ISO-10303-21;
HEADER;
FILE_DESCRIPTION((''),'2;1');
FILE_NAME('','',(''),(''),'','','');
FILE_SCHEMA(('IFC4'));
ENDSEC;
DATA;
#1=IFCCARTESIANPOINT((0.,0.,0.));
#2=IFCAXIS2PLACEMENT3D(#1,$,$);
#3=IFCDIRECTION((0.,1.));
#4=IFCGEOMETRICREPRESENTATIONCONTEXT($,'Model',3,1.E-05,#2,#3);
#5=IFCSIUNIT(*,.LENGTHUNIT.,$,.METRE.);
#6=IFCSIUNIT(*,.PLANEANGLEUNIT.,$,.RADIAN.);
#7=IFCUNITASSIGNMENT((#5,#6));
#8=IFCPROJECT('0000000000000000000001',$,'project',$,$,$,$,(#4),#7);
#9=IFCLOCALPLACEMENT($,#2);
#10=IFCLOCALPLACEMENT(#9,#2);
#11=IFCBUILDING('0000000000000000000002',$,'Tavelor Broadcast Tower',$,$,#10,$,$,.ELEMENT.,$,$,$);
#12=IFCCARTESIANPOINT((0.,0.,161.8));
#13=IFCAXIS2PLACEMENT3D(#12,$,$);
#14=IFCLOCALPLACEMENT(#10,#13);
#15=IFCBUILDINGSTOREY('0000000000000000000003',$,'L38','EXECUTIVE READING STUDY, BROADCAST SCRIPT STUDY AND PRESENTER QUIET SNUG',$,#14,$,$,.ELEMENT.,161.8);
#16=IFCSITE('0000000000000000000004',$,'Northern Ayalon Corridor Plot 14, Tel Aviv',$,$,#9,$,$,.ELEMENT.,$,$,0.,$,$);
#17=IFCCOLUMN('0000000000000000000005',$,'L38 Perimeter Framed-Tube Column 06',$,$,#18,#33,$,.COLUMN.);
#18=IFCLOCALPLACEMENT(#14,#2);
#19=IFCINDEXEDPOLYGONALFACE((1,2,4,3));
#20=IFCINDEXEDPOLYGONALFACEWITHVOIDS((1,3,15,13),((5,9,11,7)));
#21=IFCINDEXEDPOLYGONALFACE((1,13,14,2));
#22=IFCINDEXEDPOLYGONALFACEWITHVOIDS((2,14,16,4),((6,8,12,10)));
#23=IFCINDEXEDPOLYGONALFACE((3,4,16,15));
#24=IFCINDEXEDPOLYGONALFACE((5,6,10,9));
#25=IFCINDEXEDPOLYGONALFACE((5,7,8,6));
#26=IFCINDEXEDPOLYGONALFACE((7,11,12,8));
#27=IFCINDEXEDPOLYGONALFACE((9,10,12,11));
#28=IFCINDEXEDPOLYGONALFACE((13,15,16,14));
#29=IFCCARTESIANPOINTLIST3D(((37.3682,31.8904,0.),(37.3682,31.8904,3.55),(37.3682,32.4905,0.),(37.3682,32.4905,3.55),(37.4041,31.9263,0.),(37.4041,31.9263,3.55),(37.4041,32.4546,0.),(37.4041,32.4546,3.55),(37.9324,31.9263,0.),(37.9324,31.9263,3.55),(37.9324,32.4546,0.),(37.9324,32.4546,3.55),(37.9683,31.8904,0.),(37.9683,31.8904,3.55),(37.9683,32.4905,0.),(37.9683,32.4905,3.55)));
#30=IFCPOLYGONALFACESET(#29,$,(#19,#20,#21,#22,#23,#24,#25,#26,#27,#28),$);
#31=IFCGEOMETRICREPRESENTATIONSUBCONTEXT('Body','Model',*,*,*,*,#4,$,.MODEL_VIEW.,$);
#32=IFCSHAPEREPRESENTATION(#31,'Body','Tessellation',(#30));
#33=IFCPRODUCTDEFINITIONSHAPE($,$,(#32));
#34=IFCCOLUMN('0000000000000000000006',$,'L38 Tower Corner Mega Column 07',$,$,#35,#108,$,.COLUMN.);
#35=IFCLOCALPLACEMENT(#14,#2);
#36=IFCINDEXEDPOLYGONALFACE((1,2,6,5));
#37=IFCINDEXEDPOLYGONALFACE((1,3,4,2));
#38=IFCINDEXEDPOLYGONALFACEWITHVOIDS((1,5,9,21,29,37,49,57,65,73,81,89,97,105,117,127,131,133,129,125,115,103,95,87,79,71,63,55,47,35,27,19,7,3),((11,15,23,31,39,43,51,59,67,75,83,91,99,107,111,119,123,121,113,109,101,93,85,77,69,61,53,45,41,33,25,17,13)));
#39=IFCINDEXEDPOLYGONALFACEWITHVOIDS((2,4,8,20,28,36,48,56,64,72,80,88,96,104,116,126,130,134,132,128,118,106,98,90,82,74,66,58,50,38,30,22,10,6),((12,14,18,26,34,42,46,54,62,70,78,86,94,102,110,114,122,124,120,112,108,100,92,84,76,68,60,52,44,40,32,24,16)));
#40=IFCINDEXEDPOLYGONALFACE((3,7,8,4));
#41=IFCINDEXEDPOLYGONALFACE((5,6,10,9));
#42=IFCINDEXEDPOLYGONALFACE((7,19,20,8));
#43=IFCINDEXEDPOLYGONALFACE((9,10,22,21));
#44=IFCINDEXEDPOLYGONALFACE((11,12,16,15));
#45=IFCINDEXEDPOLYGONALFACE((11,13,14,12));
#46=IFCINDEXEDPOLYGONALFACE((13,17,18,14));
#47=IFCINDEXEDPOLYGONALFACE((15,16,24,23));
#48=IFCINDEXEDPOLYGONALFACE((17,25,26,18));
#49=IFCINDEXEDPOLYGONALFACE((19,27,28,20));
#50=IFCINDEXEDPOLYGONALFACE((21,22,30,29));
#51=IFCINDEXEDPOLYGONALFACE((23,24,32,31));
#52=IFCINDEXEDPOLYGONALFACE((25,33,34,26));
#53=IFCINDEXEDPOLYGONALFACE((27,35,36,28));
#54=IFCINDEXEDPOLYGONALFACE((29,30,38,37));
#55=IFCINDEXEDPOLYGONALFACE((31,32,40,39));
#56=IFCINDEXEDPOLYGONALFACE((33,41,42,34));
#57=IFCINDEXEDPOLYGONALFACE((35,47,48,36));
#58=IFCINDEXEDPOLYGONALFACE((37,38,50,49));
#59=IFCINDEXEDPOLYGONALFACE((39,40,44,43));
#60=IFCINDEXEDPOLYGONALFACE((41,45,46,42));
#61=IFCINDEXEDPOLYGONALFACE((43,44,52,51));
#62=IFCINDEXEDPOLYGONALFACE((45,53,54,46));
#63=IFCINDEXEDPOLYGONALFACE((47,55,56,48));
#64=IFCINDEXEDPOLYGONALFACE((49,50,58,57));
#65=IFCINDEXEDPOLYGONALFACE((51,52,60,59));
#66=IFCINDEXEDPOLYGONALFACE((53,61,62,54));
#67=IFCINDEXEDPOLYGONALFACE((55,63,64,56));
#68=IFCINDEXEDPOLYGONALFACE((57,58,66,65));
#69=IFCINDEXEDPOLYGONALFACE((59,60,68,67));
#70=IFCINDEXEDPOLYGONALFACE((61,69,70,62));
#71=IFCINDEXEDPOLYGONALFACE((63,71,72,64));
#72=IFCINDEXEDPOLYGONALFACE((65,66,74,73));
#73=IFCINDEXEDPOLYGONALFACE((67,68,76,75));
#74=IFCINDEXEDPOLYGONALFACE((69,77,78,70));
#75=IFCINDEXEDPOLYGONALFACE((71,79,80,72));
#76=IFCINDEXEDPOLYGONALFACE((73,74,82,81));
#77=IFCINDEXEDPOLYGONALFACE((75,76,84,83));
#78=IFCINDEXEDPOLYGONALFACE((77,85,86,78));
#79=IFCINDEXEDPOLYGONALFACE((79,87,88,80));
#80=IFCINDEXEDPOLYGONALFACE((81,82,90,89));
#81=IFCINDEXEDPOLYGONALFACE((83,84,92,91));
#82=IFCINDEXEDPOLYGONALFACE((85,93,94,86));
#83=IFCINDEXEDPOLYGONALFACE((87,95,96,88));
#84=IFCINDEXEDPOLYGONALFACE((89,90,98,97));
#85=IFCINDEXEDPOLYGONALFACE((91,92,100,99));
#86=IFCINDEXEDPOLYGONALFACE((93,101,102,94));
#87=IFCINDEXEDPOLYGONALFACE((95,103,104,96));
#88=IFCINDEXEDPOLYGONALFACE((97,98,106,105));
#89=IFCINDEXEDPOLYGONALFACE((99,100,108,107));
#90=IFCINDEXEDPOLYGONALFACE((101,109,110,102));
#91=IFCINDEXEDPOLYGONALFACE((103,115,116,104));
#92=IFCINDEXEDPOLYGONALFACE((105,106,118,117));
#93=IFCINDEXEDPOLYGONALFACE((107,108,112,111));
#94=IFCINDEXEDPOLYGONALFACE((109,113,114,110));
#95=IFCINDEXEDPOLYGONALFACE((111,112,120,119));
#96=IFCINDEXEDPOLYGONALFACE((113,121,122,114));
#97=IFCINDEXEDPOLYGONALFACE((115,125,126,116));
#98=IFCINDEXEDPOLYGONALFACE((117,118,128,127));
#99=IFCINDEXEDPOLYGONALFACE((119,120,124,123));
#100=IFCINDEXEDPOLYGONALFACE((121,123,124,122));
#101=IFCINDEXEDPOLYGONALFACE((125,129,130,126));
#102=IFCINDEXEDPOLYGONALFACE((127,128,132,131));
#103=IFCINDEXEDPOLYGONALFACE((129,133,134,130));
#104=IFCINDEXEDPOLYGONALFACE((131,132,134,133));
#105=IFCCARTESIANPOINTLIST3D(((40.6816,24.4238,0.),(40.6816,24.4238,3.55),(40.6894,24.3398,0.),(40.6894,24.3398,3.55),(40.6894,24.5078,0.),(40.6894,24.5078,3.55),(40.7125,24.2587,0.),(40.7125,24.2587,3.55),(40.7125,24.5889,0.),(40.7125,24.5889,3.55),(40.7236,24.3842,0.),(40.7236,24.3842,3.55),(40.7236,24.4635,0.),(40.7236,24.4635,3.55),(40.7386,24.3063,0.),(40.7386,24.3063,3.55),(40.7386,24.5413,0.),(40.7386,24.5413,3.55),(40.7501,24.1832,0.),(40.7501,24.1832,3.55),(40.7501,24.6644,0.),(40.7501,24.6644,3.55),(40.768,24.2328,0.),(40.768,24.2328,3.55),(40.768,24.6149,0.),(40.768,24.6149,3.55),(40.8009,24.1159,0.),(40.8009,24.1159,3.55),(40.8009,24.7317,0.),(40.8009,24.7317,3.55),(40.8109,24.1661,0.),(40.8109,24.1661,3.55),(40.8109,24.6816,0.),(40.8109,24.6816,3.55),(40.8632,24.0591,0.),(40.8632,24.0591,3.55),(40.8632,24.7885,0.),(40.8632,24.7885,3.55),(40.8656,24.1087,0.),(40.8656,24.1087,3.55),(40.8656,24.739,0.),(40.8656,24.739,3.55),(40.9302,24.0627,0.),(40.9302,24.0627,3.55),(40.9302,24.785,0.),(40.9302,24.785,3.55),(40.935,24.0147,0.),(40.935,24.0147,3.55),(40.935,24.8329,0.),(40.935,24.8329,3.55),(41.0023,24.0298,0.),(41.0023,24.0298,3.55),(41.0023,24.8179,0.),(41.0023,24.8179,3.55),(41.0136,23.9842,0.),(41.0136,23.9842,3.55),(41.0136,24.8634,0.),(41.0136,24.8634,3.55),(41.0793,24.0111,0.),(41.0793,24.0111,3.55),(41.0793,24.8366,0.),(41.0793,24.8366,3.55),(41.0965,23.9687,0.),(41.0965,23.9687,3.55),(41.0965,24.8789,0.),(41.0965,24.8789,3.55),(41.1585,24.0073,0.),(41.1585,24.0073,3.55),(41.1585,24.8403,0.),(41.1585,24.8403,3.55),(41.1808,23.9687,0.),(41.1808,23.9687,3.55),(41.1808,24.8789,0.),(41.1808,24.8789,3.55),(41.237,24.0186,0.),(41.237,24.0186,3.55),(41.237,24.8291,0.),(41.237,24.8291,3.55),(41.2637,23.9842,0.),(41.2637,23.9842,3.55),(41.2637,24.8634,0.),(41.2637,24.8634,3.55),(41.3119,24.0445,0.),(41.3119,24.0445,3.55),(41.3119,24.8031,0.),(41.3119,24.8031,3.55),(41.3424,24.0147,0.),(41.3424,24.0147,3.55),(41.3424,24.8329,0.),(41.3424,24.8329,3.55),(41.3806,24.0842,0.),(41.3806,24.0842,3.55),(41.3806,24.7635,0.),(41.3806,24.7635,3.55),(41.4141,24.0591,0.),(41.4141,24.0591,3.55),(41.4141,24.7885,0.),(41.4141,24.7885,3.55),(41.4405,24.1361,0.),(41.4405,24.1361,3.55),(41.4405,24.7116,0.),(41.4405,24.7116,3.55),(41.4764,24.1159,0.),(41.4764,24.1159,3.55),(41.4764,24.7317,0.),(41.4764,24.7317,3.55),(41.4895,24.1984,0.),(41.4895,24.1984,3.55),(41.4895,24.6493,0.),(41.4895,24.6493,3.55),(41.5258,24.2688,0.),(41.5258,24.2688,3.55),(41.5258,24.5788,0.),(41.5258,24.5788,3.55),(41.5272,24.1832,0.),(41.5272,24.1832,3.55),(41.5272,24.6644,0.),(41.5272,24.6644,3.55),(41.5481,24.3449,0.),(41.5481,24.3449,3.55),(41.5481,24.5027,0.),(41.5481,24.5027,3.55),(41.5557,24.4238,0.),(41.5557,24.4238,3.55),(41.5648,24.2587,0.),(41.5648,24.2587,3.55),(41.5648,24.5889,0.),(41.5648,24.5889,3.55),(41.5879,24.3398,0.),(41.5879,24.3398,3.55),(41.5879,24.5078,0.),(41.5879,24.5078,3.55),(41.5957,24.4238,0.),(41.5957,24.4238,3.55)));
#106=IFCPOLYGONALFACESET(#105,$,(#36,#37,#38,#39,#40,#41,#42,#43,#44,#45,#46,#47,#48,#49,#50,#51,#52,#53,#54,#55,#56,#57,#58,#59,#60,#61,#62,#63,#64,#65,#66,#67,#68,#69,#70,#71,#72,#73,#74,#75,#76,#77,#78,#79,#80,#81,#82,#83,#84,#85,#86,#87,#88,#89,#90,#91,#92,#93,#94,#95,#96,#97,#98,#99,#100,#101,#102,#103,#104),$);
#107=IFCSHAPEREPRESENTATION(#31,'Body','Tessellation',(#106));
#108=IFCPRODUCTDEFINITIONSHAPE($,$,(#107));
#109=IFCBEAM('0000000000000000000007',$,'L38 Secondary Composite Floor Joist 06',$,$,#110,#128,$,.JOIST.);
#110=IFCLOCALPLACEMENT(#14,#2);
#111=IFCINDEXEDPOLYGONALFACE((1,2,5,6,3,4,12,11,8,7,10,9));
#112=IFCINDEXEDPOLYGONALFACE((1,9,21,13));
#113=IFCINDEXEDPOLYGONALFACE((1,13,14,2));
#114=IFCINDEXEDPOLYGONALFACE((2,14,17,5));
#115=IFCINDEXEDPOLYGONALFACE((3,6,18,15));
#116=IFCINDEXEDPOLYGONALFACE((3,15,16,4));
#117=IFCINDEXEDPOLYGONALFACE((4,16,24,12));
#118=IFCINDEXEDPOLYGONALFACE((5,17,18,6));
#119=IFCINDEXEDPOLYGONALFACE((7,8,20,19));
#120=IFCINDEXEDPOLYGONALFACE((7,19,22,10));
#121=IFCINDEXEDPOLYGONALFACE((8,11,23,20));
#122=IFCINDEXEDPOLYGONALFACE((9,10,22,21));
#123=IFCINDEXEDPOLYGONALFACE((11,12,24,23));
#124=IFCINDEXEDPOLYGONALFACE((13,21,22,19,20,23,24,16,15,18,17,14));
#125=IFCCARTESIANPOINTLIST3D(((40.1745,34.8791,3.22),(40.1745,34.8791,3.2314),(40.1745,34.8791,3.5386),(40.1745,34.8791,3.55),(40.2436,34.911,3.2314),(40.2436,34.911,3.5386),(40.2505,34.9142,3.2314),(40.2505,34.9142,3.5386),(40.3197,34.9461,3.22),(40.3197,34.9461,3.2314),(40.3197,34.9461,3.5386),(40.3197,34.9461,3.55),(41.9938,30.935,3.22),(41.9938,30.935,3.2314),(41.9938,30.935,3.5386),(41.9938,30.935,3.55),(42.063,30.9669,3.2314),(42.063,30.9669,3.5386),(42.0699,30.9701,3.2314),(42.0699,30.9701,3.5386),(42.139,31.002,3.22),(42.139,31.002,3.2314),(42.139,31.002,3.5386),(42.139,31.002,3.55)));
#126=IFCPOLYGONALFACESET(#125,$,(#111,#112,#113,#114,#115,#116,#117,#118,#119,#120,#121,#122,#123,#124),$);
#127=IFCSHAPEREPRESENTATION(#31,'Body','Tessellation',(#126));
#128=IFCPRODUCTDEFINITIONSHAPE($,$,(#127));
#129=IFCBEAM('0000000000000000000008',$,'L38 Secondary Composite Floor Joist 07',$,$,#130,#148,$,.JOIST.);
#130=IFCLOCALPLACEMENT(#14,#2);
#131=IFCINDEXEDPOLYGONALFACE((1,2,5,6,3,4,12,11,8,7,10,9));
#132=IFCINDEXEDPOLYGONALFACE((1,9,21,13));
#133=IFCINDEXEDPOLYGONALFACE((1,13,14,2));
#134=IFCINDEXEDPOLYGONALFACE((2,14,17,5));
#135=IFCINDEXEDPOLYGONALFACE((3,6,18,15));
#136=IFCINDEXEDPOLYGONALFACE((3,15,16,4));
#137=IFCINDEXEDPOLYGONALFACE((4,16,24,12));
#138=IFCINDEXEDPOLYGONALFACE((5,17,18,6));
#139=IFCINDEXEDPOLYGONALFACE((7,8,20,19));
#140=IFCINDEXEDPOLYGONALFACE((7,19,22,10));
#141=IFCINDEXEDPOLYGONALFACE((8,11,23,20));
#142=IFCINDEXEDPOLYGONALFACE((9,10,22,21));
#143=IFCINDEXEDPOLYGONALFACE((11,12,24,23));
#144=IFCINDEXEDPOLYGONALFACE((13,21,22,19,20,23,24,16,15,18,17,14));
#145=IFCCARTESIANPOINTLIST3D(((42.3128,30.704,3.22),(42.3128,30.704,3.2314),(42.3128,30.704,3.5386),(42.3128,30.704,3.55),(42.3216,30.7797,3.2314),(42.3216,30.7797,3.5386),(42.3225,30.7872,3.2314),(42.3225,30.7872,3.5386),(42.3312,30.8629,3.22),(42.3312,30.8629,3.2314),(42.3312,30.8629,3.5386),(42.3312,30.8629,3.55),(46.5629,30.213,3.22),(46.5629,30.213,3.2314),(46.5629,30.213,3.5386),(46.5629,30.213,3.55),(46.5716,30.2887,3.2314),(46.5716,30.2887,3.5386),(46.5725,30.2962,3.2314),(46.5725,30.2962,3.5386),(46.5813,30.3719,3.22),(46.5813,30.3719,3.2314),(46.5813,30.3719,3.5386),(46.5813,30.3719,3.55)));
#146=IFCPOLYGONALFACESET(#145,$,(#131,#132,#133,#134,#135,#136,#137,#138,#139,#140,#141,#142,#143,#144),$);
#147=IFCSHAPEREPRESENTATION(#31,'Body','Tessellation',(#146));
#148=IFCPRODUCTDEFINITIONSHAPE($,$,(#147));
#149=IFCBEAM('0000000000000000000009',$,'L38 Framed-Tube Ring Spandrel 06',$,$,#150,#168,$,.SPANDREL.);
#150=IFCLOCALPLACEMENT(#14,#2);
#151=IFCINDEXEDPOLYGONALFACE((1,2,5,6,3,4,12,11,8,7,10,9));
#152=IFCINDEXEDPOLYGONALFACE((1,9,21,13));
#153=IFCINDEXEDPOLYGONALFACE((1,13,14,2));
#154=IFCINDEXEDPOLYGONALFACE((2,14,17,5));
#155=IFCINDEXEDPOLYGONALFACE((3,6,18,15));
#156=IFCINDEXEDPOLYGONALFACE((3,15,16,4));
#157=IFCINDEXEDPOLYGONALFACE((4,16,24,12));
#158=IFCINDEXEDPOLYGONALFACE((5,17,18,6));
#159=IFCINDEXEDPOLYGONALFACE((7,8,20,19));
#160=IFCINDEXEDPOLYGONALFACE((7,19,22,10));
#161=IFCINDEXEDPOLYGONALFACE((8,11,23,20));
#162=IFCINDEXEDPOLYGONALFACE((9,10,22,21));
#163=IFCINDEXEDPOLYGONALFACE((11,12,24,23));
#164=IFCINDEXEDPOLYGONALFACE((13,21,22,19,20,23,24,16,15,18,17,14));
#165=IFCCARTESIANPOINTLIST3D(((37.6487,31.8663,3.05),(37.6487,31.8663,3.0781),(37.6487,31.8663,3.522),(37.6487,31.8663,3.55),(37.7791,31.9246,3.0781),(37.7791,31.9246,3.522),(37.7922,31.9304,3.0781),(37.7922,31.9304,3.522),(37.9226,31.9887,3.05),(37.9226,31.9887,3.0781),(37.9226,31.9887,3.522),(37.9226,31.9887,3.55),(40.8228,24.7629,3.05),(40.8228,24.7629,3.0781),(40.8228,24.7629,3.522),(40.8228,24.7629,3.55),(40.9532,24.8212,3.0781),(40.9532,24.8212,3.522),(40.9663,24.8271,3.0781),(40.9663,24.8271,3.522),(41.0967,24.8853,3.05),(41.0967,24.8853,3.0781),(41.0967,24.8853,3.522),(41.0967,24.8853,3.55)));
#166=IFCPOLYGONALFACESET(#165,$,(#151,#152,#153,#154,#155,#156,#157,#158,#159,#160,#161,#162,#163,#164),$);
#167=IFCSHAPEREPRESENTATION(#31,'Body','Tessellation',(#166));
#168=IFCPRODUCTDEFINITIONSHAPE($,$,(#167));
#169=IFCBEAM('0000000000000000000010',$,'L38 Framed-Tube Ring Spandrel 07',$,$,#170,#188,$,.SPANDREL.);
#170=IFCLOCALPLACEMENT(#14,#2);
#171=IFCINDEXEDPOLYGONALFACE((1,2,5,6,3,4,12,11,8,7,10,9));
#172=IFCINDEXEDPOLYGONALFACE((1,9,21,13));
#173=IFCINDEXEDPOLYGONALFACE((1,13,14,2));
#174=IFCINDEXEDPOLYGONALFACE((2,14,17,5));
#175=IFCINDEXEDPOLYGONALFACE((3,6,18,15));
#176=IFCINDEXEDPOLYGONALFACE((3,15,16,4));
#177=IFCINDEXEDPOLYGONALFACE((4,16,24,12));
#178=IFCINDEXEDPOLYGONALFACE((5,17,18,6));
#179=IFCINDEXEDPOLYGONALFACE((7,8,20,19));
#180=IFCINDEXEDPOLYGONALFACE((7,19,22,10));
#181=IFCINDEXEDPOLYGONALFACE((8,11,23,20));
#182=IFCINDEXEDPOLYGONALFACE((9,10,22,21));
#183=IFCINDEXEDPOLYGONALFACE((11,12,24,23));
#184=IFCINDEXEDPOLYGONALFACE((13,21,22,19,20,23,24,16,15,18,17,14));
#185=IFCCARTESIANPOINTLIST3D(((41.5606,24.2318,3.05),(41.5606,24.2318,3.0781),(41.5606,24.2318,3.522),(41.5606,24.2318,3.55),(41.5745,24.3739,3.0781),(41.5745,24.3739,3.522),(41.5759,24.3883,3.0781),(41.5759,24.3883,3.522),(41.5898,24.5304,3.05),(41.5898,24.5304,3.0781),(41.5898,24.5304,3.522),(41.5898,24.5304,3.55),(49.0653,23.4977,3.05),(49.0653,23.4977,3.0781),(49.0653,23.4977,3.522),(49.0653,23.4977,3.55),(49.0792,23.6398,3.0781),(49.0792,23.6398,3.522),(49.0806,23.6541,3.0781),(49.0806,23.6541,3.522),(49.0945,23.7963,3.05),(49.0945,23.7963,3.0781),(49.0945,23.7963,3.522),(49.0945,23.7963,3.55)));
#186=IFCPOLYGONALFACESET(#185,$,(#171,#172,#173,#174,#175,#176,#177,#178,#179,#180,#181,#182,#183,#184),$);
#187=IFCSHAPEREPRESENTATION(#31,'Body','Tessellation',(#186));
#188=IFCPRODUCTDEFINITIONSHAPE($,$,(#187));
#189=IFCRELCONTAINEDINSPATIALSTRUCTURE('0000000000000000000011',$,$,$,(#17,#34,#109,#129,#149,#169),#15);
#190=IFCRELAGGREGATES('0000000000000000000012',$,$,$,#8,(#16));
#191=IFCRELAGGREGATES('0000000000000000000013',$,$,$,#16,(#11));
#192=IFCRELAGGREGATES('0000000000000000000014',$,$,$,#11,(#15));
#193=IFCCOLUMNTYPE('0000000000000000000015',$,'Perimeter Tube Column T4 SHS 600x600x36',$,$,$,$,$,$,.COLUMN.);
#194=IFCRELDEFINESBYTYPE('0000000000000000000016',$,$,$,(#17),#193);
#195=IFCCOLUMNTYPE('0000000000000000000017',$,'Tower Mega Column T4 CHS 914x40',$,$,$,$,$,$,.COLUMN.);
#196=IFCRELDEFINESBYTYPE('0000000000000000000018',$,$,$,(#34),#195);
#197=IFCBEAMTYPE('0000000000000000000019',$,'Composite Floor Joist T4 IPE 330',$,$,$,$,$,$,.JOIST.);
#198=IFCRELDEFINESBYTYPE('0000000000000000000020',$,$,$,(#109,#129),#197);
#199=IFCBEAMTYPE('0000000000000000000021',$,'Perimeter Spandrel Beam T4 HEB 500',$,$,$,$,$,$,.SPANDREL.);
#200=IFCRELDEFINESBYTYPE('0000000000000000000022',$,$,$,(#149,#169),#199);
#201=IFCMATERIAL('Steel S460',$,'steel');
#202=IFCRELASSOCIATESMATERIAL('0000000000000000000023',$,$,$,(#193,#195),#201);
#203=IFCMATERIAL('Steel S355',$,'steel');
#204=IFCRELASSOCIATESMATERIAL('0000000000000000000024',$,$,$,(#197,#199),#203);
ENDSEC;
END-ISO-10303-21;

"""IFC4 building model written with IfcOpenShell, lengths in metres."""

from ifc_helpers import new_model, si_unit, direction, frame, origin, origin_2d, place, context, subcontext, project, spatial, hollow_rectangle, hollow_circle, i_section, extrude, material, material_profile, profile_set, type_object, element, save


model = new_model("IFC4")

# Units and contexts
model_context = context("Model", 3, precision=1e-05, world=origin(), true_north=direction((0.0, 1.0)))
body_context = subcontext(model_context, "Body", "Model", "MODEL_VIEW")
ifc_project = project(units=[si_unit("LENGTHUNIT", "METRE"), si_unit("PLANEANGLEUNIT", "RADIAN")], contexts=[model_context])

# Site, building, storey
site_placement = place(None, origin())
site = spatial("IfcSite", under=ifc_project, at=site_placement, Name="Northern Ayalon Corridor Plot 14, Tel Aviv", CompositionType="ELEMENT", RefElevation=0.0)
building_placement = place(site_placement, origin())
building = spatial("IfcBuilding", under=site, at=building_placement, Name="Tavelor Broadcast Tower", CompositionType="ELEMENT")
storey_placement = place(building_placement, frame((0.0, 0.0, 161.8)))
storey = spatial("IfcBuildingStorey", under=building, at=storey_placement, Name="L38", Description="EXECUTIVE READING STUDY, BROADCAST SCRIPT STUDY AND PRESENTER QUIET SNUG", CompositionType="ELEMENT", Elevation=161.8)

# Columns
ifc_material_1 = material(Name="Steel S460", Category="steel")
ifc_material_profile_1 = material_profile(ifc_material_1, hollow_rectangle(XDim=0.6001, YDim=0.6001, WallThickness=0.0359, at=origin_2d()), Name="SHS 600x600x36")
ifc_profile_set_1 = profile_set([ifc_material_profile_1], Name="Steel S460")
column_type_1 = type_object("IfcColumnType", Name="Perimeter Tube Column T4 SHS 600x600x36", PredefinedType="COLUMN", material=ifc_profile_set_1)
column_1_placement = place(storey_placement, frame((37.6682, 32.1904, 0.0), z_axis=(0.0, 0.0, 1.0), x_axis=(1.0, 0.0, 0.0)))
element("IfcColumn", 1, at=column_1_placement, inside=storey, type_object=column_type_1, Name="L38 Perimeter Framed-Tube Column 06", PredefinedType="COLUMN", context=body_context, shape_type="SweptSolid", body=[
    extrude(hollow_rectangle(XDim=0.6001, YDim=0.6001, WallThickness=0.0359, at=origin_2d()), origin(), (0.0, 0.0, 1.0), 3.55),
])
ifc_material_profile_2 = material_profile(ifc_material_1, hollow_circle(Radius=0.457, WallThickness=0.04, at=origin_2d()), Name="CHS 914x40")
ifc_profile_set_2 = profile_set([ifc_material_profile_2], Name="Steel S460")
column_type_2 = type_object("IfcColumnType", Name="Tower Mega Column T4 CHS 914x40", PredefinedType="COLUMN", material=ifc_profile_set_2)
column_2_placement = place(storey_placement, frame((41.1387, 24.4238, 0.0), z_axis=(0.0, 0.0, 1.0), x_axis=(1.0, 0.0, 0.0)))
element("IfcColumn", 2, at=column_2_placement, inside=storey, type_object=column_type_2, Name="L38 Tower Corner Mega Column 07", PredefinedType="COLUMN", context=body_context, shape_type="SweptSolid", body=[
    extrude(hollow_circle(Radius=0.457, WallThickness=0.04, at=origin_2d()), origin(), (0.0, 0.0, 1.0), 3.55),
])

# Beams
ifc_material_2 = material(Name="Steel S355", Category="steel")
ifc_material_profile_3 = material_profile(ifc_material_2, i_section(OverallWidth=0.1599, OverallDepth=0.3301, WebThickness=0.0076, FlangeThickness=0.0115, at=origin_2d()), Name="IPE 330")
ifc_profile_set_3 = profile_set([ifc_material_profile_3], Name="Steel S355")
beam_type_1 = type_object("IfcBeamType", Name="Composite Floor Joist T4 IPE 330", PredefinedType="JOIST", material=ifc_profile_set_3)
beam_1_placement = place(storey_placement, frame((40.2471, 34.9126, 3.385), z_axis=(0.418866, -0.908048, 0.0), x_axis=(0.908048, 0.418866, 0.0)))
element("IfcBeam", 3, at=beam_1_placement, inside=storey, type_object=beam_type_1, Name="L38 Secondary Composite Floor Joist 06", PredefinedType="JOIST", context=body_context, shape_type="SweptSolid", body=[
    extrude(i_section(OverallWidth=0.1599, OverallDepth=0.3301, WebThickness=0.0076, FlangeThickness=0.0115, at=origin_2d()), origin(), (0.0, 0.0, 1.0), 4.3435),
])
beam_2_placement = place(storey_placement, frame((42.322, 30.7834, 3.385), z_axis=(0.993393, -0.114758, 0.0), x_axis=(0.114758, 0.993393, 0.0)))
element("IfcBeam", 4, at=beam_2_placement, inside=storey, type_object=beam_type_1, Name="L38 Secondary Composite Floor Joist 07", PredefinedType="JOIST", context=body_context, shape_type="SweptSolid", body=[
    extrude(i_section(OverallWidth=0.1599, OverallDepth=0.3301, WebThickness=0.0076, FlangeThickness=0.0115, at=origin_2d()), origin(), (0.0, 0.0, 1.0), 4.2783),
])
ifc_material_profile_4 = material_profile(ifc_material_2, i_section(OverallWidth=0.3, OverallDepth=0.5, WebThickness=0.0144, FlangeThickness=0.0281, at=origin_2d()), Name="HEB 500")
ifc_profile_set_4 = profile_set([ifc_material_profile_4], Name="Steel S355")
beam_type_2 = type_object("IfcBeamType", Name="Perimeter Spandrel Beam T4 HEB 500", PredefinedType="SPANDREL", material=ifc_profile_set_4)
beam_3_placement = place(storey_placement, frame((37.7856, 31.9275, 3.3), z_axis=(0.407969, -0.912996, 0.0), x_axis=(0.912996, 0.407969, 0.0)))
element("IfcBeam", 5, at=beam_3_placement, inside=storey, type_object=beam_type_2, Name="L38 Framed-Tube Ring Spandrel 06", PredefinedType="SPANDREL", context=body_context, shape_type="SweptSolid", body=[
    extrude(i_section(OverallWidth=0.3, OverallDepth=0.5, WebThickness=0.0144, FlangeThickness=0.0281, at=origin_2d()), origin(), (0.0, 0.0, 1.0), 7.7803),
])
beam_4_placement = place(storey_placement, frame((41.5752, 24.3811, 3.3), z_axis=(0.995249, -0.097359, 0.0), x_axis=(0.097359, 0.995249, 0.0)))
element("IfcBeam", 6, at=beam_4_placement, inside=storey, type_object=beam_type_2, Name="L38 Framed-Tube Ring Spandrel 07", PredefinedType="SPANDREL", context=body_context, shape_type="SweptSolid", body=[
    extrude(i_section(OverallWidth=0.3, OverallDepth=0.5, WebThickness=0.0144, FlangeThickness=0.0281, at=origin_2d()), origin(), (0.0, 0.0, 1.0), 7.5405),
])

save(model, "model.ifc")
